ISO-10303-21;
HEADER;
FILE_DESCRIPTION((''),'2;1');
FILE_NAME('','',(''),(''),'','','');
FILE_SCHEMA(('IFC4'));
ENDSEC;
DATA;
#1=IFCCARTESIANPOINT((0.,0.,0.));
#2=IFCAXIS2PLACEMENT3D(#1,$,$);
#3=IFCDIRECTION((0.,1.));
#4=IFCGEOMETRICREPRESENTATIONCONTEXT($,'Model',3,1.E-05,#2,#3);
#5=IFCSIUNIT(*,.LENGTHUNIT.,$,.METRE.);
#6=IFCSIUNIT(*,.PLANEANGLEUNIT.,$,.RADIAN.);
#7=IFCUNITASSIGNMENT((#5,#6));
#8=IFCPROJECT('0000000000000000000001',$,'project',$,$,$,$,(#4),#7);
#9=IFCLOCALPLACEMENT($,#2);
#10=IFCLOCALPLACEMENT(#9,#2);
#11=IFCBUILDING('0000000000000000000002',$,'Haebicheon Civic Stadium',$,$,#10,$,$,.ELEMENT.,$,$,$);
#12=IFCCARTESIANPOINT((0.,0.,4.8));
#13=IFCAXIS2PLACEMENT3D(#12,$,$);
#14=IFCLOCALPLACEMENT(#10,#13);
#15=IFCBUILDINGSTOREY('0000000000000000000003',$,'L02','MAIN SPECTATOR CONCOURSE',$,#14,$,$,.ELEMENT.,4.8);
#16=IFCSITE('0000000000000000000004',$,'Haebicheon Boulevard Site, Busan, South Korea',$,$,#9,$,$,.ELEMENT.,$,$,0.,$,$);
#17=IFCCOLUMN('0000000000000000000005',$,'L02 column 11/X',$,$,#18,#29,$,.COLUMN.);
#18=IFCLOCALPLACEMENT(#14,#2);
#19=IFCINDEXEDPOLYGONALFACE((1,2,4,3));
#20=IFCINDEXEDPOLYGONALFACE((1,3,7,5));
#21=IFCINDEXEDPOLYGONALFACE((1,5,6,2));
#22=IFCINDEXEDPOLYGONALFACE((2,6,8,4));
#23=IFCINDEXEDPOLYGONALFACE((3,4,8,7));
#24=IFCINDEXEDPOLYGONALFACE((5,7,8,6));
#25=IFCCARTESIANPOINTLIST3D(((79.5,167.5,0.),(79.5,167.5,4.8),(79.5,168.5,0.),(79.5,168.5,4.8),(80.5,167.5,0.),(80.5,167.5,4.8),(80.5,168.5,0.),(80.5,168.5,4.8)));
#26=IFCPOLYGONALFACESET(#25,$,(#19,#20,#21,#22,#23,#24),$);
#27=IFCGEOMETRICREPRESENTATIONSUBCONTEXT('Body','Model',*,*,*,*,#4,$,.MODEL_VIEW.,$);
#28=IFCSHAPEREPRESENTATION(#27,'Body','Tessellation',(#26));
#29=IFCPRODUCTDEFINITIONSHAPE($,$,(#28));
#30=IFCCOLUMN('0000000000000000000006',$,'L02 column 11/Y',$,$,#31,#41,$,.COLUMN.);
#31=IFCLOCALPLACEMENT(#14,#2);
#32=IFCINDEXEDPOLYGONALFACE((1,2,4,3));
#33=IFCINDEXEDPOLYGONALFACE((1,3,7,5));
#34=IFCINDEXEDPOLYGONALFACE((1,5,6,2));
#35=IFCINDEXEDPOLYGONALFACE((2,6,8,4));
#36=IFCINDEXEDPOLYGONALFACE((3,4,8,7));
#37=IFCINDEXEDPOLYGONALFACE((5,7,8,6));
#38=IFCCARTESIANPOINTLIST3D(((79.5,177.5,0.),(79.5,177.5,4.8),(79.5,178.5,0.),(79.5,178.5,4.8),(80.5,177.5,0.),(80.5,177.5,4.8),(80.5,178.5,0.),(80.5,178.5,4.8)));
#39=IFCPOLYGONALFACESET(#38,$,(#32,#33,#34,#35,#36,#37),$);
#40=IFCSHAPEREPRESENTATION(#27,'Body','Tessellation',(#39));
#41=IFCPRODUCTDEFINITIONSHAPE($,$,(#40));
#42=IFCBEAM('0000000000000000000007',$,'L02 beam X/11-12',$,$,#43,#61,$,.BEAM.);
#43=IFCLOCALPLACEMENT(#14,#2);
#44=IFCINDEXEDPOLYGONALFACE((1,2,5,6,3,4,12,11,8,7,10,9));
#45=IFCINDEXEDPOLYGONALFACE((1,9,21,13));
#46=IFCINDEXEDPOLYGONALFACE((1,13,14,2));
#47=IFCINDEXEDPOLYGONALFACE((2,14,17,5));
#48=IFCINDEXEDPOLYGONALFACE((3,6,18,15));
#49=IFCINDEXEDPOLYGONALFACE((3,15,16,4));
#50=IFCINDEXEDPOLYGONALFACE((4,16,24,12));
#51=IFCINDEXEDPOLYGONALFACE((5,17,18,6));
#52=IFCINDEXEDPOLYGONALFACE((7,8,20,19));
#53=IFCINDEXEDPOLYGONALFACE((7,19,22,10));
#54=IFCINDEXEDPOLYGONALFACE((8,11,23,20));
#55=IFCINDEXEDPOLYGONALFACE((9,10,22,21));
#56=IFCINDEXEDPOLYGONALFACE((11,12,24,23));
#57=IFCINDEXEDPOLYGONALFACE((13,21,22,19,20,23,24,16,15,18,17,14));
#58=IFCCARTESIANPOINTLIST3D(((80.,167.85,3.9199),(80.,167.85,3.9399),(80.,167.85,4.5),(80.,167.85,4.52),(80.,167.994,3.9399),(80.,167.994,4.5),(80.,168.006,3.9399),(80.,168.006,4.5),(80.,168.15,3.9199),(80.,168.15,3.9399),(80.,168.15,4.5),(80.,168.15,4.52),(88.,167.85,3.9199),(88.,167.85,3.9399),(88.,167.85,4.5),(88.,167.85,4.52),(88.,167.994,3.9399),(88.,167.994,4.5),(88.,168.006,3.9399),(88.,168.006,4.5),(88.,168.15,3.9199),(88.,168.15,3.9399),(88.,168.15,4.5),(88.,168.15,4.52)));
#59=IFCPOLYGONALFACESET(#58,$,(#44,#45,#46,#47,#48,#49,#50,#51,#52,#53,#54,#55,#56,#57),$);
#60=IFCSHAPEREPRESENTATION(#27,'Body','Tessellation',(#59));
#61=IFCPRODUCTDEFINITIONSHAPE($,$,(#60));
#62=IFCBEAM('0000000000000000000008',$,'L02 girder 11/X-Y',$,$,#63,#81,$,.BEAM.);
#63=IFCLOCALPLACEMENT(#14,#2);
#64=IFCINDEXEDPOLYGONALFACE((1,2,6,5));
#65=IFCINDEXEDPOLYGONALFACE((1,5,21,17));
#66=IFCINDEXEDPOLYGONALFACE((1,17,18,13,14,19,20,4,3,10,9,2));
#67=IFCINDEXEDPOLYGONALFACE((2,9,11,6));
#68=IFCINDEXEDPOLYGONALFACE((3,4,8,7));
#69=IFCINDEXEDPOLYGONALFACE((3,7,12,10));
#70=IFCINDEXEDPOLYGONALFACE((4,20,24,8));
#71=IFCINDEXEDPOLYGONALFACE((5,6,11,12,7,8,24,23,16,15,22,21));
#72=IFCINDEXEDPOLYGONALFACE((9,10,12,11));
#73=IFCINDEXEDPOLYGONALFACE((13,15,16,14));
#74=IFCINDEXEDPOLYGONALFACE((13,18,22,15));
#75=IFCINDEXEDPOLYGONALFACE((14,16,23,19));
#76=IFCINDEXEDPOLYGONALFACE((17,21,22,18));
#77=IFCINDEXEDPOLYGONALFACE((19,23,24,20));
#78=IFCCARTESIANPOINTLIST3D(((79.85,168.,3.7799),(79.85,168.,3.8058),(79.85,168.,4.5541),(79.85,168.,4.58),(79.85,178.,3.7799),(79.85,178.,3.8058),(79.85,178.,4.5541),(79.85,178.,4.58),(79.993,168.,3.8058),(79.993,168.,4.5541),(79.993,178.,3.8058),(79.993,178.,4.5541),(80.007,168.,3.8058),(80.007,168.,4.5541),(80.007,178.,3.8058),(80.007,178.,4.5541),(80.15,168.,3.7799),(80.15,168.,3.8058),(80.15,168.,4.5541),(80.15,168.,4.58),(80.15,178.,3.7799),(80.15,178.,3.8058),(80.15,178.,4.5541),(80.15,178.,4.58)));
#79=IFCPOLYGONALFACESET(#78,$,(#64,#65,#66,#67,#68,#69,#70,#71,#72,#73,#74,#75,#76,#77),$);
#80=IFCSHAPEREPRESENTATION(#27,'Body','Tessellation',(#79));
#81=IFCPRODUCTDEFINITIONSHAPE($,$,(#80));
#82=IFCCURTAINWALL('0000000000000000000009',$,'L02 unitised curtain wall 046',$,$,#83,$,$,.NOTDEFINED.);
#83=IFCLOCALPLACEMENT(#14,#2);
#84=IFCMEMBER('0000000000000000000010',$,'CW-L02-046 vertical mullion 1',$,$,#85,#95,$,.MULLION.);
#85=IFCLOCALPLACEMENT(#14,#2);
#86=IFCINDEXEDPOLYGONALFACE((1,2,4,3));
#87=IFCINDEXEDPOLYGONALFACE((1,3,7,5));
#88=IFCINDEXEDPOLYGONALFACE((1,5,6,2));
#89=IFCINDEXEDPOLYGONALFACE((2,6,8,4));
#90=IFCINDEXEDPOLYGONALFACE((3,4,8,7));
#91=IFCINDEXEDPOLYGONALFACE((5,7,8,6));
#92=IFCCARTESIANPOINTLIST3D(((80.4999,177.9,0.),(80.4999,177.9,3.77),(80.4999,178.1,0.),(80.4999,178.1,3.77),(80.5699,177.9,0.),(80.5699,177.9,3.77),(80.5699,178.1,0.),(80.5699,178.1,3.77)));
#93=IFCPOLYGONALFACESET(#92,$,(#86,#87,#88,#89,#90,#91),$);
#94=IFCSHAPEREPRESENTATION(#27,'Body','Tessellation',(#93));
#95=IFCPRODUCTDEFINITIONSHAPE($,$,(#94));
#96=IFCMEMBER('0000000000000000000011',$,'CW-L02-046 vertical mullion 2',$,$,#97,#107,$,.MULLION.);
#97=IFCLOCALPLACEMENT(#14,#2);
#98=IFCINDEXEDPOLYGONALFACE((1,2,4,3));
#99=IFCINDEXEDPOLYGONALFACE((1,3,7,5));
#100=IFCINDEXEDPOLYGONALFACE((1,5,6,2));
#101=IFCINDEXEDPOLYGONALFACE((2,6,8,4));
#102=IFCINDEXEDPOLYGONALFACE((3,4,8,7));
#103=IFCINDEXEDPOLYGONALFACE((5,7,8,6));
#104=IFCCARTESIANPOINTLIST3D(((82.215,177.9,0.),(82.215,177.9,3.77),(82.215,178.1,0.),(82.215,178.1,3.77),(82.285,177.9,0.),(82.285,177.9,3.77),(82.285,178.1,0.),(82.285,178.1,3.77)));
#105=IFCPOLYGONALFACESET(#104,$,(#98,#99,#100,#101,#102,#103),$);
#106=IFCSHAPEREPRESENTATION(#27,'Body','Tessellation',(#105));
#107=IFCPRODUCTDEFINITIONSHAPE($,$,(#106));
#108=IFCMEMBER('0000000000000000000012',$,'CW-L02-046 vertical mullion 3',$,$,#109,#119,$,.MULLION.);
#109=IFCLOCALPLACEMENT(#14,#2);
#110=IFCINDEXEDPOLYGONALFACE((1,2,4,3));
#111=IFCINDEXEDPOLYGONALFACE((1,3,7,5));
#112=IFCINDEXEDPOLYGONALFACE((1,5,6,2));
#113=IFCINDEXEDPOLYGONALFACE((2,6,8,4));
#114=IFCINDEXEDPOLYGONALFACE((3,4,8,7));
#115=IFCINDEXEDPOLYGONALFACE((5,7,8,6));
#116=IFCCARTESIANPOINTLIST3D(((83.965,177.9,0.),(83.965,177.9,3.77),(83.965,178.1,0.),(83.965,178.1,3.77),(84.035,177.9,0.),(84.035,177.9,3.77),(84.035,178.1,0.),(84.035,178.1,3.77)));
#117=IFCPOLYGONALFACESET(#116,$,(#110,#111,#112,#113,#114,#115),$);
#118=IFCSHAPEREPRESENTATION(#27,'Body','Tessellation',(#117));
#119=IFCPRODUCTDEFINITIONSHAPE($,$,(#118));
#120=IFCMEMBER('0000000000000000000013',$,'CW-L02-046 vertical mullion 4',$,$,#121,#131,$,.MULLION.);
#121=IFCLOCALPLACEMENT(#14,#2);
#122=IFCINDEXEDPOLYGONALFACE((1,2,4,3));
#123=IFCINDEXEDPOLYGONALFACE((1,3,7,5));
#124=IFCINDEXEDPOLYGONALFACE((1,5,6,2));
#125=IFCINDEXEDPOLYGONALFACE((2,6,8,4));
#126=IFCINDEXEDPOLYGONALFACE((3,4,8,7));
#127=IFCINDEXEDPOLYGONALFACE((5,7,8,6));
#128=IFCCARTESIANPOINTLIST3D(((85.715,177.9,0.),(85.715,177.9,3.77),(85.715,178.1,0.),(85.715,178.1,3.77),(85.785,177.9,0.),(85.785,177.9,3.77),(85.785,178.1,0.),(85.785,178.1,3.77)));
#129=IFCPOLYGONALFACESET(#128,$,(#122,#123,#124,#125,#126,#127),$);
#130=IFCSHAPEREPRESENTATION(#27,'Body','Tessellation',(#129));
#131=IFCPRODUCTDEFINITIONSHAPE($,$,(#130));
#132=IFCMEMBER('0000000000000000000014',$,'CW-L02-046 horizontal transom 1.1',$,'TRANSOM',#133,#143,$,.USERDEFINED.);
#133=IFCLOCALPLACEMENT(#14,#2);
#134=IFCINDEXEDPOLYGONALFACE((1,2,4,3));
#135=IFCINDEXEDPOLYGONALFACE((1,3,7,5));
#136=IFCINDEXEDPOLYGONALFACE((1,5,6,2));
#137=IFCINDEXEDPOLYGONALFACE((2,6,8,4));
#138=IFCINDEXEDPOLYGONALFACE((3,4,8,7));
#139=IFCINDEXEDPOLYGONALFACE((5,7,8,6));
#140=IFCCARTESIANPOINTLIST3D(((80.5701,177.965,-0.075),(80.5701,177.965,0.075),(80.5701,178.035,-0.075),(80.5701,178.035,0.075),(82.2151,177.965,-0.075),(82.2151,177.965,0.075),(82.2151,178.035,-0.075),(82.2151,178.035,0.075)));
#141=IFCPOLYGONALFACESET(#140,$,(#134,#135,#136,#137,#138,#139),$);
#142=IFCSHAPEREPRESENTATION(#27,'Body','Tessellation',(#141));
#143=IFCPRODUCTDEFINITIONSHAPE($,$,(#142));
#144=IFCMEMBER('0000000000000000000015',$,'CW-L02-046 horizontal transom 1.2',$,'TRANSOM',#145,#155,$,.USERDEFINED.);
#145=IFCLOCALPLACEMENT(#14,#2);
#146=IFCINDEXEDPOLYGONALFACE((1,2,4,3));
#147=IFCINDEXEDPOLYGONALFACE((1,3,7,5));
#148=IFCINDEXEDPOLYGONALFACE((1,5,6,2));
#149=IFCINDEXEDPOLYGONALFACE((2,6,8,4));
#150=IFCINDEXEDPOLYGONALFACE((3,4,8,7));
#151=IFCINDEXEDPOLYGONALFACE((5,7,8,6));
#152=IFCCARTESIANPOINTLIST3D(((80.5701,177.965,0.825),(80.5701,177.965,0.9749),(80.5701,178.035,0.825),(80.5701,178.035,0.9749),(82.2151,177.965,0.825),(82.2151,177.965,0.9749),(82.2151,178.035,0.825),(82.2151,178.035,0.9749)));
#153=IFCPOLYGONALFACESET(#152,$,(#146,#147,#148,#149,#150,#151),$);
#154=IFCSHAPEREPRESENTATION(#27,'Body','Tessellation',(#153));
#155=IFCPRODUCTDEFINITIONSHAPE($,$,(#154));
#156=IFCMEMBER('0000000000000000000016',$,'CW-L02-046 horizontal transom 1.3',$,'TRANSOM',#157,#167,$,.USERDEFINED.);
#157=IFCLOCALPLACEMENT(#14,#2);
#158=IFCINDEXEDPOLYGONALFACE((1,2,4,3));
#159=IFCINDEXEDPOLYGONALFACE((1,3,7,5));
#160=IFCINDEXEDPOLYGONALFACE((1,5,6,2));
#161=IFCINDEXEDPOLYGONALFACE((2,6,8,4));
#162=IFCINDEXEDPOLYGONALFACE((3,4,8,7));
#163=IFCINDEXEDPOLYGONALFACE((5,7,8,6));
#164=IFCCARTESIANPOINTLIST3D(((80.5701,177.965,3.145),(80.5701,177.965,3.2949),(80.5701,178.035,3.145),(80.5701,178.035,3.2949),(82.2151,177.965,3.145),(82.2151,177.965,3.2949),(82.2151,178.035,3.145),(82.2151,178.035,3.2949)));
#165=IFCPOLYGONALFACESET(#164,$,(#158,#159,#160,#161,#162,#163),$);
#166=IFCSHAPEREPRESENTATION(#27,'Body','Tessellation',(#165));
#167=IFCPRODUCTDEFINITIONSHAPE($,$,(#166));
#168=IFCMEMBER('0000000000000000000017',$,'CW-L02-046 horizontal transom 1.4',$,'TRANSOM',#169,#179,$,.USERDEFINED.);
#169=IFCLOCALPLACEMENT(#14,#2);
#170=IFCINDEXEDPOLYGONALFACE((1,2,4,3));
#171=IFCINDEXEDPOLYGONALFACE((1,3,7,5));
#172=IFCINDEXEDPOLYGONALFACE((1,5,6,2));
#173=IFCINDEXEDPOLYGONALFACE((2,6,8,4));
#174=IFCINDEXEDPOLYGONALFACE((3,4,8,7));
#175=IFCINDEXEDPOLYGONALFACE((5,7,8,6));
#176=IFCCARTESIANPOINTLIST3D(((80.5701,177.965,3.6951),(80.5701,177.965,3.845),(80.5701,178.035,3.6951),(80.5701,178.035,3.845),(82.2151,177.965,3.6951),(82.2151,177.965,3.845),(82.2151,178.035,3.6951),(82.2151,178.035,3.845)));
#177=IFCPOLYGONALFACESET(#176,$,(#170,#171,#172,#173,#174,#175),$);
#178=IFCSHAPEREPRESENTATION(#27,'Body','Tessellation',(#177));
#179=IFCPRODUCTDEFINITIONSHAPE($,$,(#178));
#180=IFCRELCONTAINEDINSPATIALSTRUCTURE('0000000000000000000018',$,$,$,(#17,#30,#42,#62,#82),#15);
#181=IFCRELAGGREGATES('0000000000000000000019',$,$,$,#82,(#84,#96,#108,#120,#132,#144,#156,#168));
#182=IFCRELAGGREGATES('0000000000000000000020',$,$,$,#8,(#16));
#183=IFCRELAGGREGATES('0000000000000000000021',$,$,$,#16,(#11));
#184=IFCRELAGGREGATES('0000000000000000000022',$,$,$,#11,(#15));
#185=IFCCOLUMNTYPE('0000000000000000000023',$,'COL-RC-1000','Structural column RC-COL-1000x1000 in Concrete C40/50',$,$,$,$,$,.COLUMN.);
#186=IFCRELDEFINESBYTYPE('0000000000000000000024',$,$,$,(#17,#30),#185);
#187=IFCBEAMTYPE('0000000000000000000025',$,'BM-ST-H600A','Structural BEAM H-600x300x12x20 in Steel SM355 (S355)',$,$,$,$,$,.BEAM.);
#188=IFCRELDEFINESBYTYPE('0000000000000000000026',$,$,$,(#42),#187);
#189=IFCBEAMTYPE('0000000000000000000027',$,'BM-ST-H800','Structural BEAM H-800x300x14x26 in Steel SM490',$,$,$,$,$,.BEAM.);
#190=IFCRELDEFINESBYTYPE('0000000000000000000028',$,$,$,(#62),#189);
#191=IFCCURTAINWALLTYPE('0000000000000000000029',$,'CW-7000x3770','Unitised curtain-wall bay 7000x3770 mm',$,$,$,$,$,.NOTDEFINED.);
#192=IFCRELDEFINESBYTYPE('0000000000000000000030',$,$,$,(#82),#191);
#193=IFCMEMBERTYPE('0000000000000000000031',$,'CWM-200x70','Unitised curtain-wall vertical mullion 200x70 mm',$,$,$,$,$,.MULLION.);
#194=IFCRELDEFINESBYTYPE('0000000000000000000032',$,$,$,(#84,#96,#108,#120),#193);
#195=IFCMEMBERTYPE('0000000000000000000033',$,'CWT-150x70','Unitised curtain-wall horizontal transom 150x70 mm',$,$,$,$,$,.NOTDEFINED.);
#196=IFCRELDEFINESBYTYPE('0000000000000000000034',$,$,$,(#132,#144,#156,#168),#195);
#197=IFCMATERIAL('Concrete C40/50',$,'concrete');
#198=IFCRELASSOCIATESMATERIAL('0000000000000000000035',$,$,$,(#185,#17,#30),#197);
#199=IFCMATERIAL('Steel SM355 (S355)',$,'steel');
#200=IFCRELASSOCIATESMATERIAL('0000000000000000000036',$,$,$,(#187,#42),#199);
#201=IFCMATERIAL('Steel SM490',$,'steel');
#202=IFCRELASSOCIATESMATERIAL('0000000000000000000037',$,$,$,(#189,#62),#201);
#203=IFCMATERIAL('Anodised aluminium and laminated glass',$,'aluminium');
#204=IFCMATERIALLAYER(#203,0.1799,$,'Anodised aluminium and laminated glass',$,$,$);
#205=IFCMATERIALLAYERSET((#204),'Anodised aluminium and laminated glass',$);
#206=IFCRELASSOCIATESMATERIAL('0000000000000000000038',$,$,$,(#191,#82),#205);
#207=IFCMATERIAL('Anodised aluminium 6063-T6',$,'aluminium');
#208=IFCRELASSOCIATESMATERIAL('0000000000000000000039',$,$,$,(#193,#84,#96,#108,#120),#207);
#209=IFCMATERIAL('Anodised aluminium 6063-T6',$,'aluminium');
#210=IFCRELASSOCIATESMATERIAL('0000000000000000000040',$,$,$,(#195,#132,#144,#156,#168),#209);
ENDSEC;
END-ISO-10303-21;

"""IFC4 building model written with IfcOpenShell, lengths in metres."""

from ifc_helpers import new_model, si_unit, direction, frame, origin, origin_2d, place, context, subcontext, project, spatial, rectangle, i_section, extrude, material, layer, layer_set, material_profile, profile_set, type_object, element, aggregate, save


model = new_model("IFC4")

# Units and contexts
model_context = context("Model", 3, precision=1e-05, world=origin(), true_north=direction((0.0, 1.0)))
body_context = subcontext(model_context, "Body", "Model", "MODEL_VIEW")
ifc_project = project(units=[si_unit("LENGTHUNIT", "METRE"), si_unit("PLANEANGLEUNIT", "RADIAN")], contexts=[model_context])

# Site, building, storey
site_placement = place(None, origin())
site = spatial("IfcSite", under=ifc_project, at=site_placement, Name="Haebicheon Boulevard Site, Busan, South Korea", CompositionType="ELEMENT", RefElevation=0.0)
building_placement = place(site_placement, origin())
building = spatial("IfcBuilding", under=site, at=building_placement, Name="Haebicheon Civic Stadium", CompositionType="ELEMENT")
storey_placement = place(building_placement, frame((0.0, 0.0, 4.8)))
storey = spatial("IfcBuildingStorey", under=building, at=storey_placement, Name="L02", Description="MAIN SPECTATOR CONCOURSE", CompositionType="ELEMENT", Elevation=4.8)

# Columns
ifc_material_1 = material(Name="Concrete C40/50", Category="concrete")
ifc_material_profile_1 = material_profile(ifc_material_1, rectangle(XDim=1.0, YDim=1.0, at=origin_2d()), Name="RC-COL-1000x1000")
ifc_profile_set_1 = profile_set([ifc_material_profile_1], Name="Concrete C40/50")
column_type = type_object("IfcColumnType", Name="COL-RC-1000", Description="Structural column RC-COL-1000x1000 in Concrete C40/50", PredefinedType="COLUMN", material=ifc_profile_set_1)
for number, where, z_axis, x_axis, name in (
    (1, (80.0, 168.0, 0.0), (0.0, 0.0, 1.0), (1.0, 0.0, 0.0), "L02 column 11/X"),
    (2, (80.0, 178.0, 0.0), (0.0, 0.0, 1.0), (1.0, 0.0, 0.0), "L02 column 11/Y"),
):
    element("IfcColumn", number, at=place(storey_placement, frame(where, z_axis=z_axis, x_axis=x_axis)), inside=storey, type_object=column_type, material=ifc_profile_set_1, Name=name, PredefinedType="COLUMN", context=body_context, shape_type="SweptSolid", body=[
        extrude(rectangle(XDim=1.0, YDim=1.0, at=origin_2d()), origin(), (0.0, 0.0, 1.0), 4.8),
    ])

# Beams
ifc_material_2 = material(Name="Steel SM355 (S355)", Category="steel")
ifc_material_profile_2 = material_profile(ifc_material_2, i_section(OverallWidth=0.3, OverallDepth=0.6001, WebThickness=0.012, FlangeThickness=0.02, at=origin_2d()), Name="H-600x300x12x20")
ifc_profile_set_2 = profile_set([ifc_material_profile_2], Name="Steel SM355 (S355)")
beam_type_1 = type_object("IfcBeamType", Name="BM-ST-H600A", Description="Structural BEAM H-600x300x12x20 in Steel SM355 (S355)", PredefinedType="BEAM", material=ifc_profile_set_2)
beam_1_placement = place(storey_placement, frame((80.0, 168.0, 4.22), z_axis=(1.0, 0.0, 0.0), x_axis=(0.0, 1.0, 0.0)))
element("IfcBeam", 3, at=beam_1_placement, inside=storey, type_object=beam_type_1, material=ifc_profile_set_2, Name="L02 beam X/11-12", PredefinedType="BEAM", context=body_context, shape_type="SweptSolid", body=[
    extrude(i_section(OverallWidth=0.3, OverallDepth=0.6001, WebThickness=0.012, FlangeThickness=0.02, at=origin_2d()), origin(), (0.0, 0.0, 1.0), 8.0),
])
ifc_material_3 = material(Name="Steel SM490", Category="steel")
ifc_material_profile_3 = material_profile(ifc_material_3, i_section(OverallWidth=0.3, OverallDepth=0.8, WebThickness=0.0139, FlangeThickness=0.0259, at=origin_2d()), Name="H-800x300x14x26")
ifc_profile_set_3 = profile_set([ifc_material_profile_3], Name="Steel SM490")
beam_type_2 = type_object("IfcBeamType", Name="BM-ST-H800", Description="Structural BEAM H-800x300x14x26 in Steel SM490", PredefinedType="BEAM", material=ifc_profile_set_3)
beam_2_placement = place(storey_placement, frame((80.0, 168.0, 4.1799), z_axis=(0.0, 1.0, 0.0), x_axis=(-1.0, 0.0, 0.0)))
element("IfcBeam", 4, at=beam_2_placement, inside=storey, type_object=beam_type_2, material=ifc_profile_set_3, Name="L02 girder 11/X-Y", PredefinedType="BEAM", context=body_context, shape_type="SweptSolid", body=[
    extrude(i_section(OverallWidth=0.3, OverallDepth=0.8, WebThickness=0.0139, FlangeThickness=0.0259, at=origin_2d()), origin(), (0.0, 0.0, 1.0), 10.0),
])

# Curtain wall, members
ifc_material_4 = material(Name="Anodised aluminium and laminated glass", Category="aluminium")
ifc_layer_1 = layer(ifc_material_4, 0.1799, Name="Anodised aluminium and laminated glass")
ifc_layer_set_1 = layer_set([ifc_layer_1], Name="Anodised aluminium and laminated glass")
curtain_wall_type = type_object("IfcCurtainWallType", Name="CW-7000x3770", Description="Unitised curtain-wall bay 7000x3770 mm", PredefinedType="NOTDEFINED", material=ifc_layer_set_1)
curtain_wall_placement = place(storey_placement, origin())
curtain_wall = element("IfcCurtainWall", 5, at=curtain_wall_placement, inside=storey, type_object=curtain_wall_type, material=ifc_layer_set_1, Name="L02 unitised curtain wall 046", PredefinedType="NOTDEFINED")
ifc_material_5 = material(Name="Anodised aluminium 6063-T6", Category="aluminium")
ifc_material_profile_4 = material_profile(ifc_material_5, rectangle(XDim=0.0701, YDim=0.2, at=origin_2d()), Name="ALU-MULL-70x200")
ifc_profile_set_4 = profile_set([ifc_material_profile_4], Name="Anodised aluminium 6063-T6")
member_type_1 = type_object("IfcMemberType", Name="CWM-200x70", Description="Unitised curtain-wall vertical mullion 200x70 mm", PredefinedType="MULLION", material=ifc_profile_set_4)
member_1_placement = place(storey_placement, frame((80.5349, 178.0, 0.0), z_axis=(0.0, 0.0, 1.0), x_axis=(1.0, 0.0, 0.0)))
member_1 = element("IfcMember", 6, at=member_1_placement, type_object=member_type_1, material=ifc_profile_set_4, Name="CW-L02-046 vertical mullion 1", PredefinedType="MULLION", context=body_context, shape_type="SweptSolid", body=[
    extrude(rectangle(XDim=0.0701, YDim=0.2, at=origin_2d()), origin(), (0.0, 0.0, 1.0), 3.77),
])
member_2_placement = place(storey_placement, frame((82.25, 178.0, 0.0), z_axis=(0.0, 0.0, 1.0), x_axis=(1.0, 0.0, 0.0)))
member_2 = element("IfcMember", 7, at=member_2_placement, type_object=member_type_1, material=ifc_profile_set_4, Name="CW-L02-046 vertical mullion 2", PredefinedType="MULLION", context=body_context, shape_type="SweptSolid", body=[
    extrude(rectangle(XDim=0.0701, YDim=0.2, at=origin_2d()), origin(), (0.0, 0.0, 1.0), 3.77),
])
member_3_placement = place(storey_placement, frame((84.0, 178.0, 0.0), z_axis=(0.0, 0.0, 1.0), x_axis=(1.0, 0.0, 0.0)))
member_3 = element("IfcMember", 8, at=member_3_placement, type_object=member_type_1, material=ifc_profile_set_4, Name="CW-L02-046 vertical mullion 3", PredefinedType="MULLION", context=body_context, shape_type="SweptSolid", body=[
    extrude(rectangle(XDim=0.0701, YDim=0.2, at=origin_2d()), origin(), (0.0, 0.0, 1.0), 3.77),
])
member_4_placement = place(storey_placement, frame((85.75, 178.0, 0.0), z_axis=(0.0, 0.0, 1.0), x_axis=(1.0, 0.0, 0.0)))
member_4 = element("IfcMember", 9, at=member_4_placement, type_object=member_type_1, material=ifc_profile_set_4, Name="CW-L02-046 vertical mullion 4", PredefinedType="MULLION", context=body_context, shape_type="SweptSolid", body=[
    extrude(rectangle(XDim=0.0701, YDim=0.2, at=origin_2d()), origin(), (0.0, 0.0, 1.0), 3.77),
])
ifc_material_6 = material(Name="Anodised aluminium 6063-T6", Category="aluminium")
ifc_material_profile_5 = material_profile(ifc_material_6, rectangle(XDim=0.0701, YDim=0.1499, at=origin_2d()), Name="ALU-TRAN-70x150")
ifc_profile_set_5 = profile_set([ifc_material_profile_5], Name="Anodised aluminium 6063-T6")
member_type_2 = type_object("IfcMemberType", Name="CWT-150x70", Description="Unitised curtain-wall horizontal transom 150x70 mm", PredefinedType="NOTDEFINED", material=ifc_profile_set_5)
member_5_placement = place(storey_placement, frame((80.5701, 178.0, 0.0), z_axis=(1.0, 0.0, 0.0), x_axis=(0.0, 1.0, 0.0)))
member_5 = element("IfcMember", 10, at=member_5_placement, type_object=member_type_2, material=ifc_profile_set_5, Name="CW-L02-046 horizontal transom 1.1", ObjectType="TRANSOM", PredefinedType="USERDEFINED", context=body_context, shape_type="SweptSolid", body=[
    extrude(rectangle(XDim=0.0701, YDim=0.1499, at=origin_2d()), origin(), (0.0, 0.0, 1.0), 1.645),
])
member_6_placement = place(storey_placement, frame((80.5701, 178.0, 0.8999), z_axis=(1.0, 0.0, 0.0), x_axis=(0.0, 1.0, 0.0)))
member_6 = element("IfcMember", 11, at=member_6_placement, type_object=member_type_2, material=ifc_profile_set_5, Name="CW-L02-046 horizontal transom 1.2", ObjectType="TRANSOM", PredefinedType="USERDEFINED", context=body_context, shape_type="SweptSolid", body=[
    extrude(rectangle(XDim=0.0701, YDim=0.1499, at=origin_2d()), origin(), (0.0, 0.0, 1.0), 1.645),
])
member_7_placement = place(storey_placement, frame((80.5701, 178.0, 3.22), z_axis=(1.0, 0.0, 0.0), x_axis=(0.0, 1.0, 0.0)))
member_7 = element("IfcMember", 12, at=member_7_placement, type_object=member_type_2, material=ifc_profile_set_5, Name="CW-L02-046 horizontal transom 1.3", ObjectType="TRANSOM", PredefinedType="USERDEFINED", context=body_context, shape_type="SweptSolid", body=[
    extrude(rectangle(XDim=0.0701, YDim=0.1499, at=origin_2d()), origin(), (0.0, 0.0, 1.0), 1.645),
])
member_8_placement = place(storey_placement, frame((80.5701, 178.0, 3.77), z_axis=(1.0, 0.0, 0.0), x_axis=(0.0, 1.0, 0.0)))
member_8 = element("IfcMember", 13, at=member_8_placement, type_object=member_type_2, material=ifc_profile_set_5, Name="CW-L02-046 horizontal transom 1.4", ObjectType="TRANSOM", PredefinedType="USERDEFINED", context=body_context, shape_type="SweptSolid", body=[
    extrude(rectangle(XDim=0.0701, YDim=0.1499, at=origin_2d()), origin(), (0.0, 0.0, 1.0), 1.645),
])

aggregate(curtain_wall, [member_1, member_2, member_3, member_4, member_5, member_6, member_7, member_8])

save(model, "model.ifc")
